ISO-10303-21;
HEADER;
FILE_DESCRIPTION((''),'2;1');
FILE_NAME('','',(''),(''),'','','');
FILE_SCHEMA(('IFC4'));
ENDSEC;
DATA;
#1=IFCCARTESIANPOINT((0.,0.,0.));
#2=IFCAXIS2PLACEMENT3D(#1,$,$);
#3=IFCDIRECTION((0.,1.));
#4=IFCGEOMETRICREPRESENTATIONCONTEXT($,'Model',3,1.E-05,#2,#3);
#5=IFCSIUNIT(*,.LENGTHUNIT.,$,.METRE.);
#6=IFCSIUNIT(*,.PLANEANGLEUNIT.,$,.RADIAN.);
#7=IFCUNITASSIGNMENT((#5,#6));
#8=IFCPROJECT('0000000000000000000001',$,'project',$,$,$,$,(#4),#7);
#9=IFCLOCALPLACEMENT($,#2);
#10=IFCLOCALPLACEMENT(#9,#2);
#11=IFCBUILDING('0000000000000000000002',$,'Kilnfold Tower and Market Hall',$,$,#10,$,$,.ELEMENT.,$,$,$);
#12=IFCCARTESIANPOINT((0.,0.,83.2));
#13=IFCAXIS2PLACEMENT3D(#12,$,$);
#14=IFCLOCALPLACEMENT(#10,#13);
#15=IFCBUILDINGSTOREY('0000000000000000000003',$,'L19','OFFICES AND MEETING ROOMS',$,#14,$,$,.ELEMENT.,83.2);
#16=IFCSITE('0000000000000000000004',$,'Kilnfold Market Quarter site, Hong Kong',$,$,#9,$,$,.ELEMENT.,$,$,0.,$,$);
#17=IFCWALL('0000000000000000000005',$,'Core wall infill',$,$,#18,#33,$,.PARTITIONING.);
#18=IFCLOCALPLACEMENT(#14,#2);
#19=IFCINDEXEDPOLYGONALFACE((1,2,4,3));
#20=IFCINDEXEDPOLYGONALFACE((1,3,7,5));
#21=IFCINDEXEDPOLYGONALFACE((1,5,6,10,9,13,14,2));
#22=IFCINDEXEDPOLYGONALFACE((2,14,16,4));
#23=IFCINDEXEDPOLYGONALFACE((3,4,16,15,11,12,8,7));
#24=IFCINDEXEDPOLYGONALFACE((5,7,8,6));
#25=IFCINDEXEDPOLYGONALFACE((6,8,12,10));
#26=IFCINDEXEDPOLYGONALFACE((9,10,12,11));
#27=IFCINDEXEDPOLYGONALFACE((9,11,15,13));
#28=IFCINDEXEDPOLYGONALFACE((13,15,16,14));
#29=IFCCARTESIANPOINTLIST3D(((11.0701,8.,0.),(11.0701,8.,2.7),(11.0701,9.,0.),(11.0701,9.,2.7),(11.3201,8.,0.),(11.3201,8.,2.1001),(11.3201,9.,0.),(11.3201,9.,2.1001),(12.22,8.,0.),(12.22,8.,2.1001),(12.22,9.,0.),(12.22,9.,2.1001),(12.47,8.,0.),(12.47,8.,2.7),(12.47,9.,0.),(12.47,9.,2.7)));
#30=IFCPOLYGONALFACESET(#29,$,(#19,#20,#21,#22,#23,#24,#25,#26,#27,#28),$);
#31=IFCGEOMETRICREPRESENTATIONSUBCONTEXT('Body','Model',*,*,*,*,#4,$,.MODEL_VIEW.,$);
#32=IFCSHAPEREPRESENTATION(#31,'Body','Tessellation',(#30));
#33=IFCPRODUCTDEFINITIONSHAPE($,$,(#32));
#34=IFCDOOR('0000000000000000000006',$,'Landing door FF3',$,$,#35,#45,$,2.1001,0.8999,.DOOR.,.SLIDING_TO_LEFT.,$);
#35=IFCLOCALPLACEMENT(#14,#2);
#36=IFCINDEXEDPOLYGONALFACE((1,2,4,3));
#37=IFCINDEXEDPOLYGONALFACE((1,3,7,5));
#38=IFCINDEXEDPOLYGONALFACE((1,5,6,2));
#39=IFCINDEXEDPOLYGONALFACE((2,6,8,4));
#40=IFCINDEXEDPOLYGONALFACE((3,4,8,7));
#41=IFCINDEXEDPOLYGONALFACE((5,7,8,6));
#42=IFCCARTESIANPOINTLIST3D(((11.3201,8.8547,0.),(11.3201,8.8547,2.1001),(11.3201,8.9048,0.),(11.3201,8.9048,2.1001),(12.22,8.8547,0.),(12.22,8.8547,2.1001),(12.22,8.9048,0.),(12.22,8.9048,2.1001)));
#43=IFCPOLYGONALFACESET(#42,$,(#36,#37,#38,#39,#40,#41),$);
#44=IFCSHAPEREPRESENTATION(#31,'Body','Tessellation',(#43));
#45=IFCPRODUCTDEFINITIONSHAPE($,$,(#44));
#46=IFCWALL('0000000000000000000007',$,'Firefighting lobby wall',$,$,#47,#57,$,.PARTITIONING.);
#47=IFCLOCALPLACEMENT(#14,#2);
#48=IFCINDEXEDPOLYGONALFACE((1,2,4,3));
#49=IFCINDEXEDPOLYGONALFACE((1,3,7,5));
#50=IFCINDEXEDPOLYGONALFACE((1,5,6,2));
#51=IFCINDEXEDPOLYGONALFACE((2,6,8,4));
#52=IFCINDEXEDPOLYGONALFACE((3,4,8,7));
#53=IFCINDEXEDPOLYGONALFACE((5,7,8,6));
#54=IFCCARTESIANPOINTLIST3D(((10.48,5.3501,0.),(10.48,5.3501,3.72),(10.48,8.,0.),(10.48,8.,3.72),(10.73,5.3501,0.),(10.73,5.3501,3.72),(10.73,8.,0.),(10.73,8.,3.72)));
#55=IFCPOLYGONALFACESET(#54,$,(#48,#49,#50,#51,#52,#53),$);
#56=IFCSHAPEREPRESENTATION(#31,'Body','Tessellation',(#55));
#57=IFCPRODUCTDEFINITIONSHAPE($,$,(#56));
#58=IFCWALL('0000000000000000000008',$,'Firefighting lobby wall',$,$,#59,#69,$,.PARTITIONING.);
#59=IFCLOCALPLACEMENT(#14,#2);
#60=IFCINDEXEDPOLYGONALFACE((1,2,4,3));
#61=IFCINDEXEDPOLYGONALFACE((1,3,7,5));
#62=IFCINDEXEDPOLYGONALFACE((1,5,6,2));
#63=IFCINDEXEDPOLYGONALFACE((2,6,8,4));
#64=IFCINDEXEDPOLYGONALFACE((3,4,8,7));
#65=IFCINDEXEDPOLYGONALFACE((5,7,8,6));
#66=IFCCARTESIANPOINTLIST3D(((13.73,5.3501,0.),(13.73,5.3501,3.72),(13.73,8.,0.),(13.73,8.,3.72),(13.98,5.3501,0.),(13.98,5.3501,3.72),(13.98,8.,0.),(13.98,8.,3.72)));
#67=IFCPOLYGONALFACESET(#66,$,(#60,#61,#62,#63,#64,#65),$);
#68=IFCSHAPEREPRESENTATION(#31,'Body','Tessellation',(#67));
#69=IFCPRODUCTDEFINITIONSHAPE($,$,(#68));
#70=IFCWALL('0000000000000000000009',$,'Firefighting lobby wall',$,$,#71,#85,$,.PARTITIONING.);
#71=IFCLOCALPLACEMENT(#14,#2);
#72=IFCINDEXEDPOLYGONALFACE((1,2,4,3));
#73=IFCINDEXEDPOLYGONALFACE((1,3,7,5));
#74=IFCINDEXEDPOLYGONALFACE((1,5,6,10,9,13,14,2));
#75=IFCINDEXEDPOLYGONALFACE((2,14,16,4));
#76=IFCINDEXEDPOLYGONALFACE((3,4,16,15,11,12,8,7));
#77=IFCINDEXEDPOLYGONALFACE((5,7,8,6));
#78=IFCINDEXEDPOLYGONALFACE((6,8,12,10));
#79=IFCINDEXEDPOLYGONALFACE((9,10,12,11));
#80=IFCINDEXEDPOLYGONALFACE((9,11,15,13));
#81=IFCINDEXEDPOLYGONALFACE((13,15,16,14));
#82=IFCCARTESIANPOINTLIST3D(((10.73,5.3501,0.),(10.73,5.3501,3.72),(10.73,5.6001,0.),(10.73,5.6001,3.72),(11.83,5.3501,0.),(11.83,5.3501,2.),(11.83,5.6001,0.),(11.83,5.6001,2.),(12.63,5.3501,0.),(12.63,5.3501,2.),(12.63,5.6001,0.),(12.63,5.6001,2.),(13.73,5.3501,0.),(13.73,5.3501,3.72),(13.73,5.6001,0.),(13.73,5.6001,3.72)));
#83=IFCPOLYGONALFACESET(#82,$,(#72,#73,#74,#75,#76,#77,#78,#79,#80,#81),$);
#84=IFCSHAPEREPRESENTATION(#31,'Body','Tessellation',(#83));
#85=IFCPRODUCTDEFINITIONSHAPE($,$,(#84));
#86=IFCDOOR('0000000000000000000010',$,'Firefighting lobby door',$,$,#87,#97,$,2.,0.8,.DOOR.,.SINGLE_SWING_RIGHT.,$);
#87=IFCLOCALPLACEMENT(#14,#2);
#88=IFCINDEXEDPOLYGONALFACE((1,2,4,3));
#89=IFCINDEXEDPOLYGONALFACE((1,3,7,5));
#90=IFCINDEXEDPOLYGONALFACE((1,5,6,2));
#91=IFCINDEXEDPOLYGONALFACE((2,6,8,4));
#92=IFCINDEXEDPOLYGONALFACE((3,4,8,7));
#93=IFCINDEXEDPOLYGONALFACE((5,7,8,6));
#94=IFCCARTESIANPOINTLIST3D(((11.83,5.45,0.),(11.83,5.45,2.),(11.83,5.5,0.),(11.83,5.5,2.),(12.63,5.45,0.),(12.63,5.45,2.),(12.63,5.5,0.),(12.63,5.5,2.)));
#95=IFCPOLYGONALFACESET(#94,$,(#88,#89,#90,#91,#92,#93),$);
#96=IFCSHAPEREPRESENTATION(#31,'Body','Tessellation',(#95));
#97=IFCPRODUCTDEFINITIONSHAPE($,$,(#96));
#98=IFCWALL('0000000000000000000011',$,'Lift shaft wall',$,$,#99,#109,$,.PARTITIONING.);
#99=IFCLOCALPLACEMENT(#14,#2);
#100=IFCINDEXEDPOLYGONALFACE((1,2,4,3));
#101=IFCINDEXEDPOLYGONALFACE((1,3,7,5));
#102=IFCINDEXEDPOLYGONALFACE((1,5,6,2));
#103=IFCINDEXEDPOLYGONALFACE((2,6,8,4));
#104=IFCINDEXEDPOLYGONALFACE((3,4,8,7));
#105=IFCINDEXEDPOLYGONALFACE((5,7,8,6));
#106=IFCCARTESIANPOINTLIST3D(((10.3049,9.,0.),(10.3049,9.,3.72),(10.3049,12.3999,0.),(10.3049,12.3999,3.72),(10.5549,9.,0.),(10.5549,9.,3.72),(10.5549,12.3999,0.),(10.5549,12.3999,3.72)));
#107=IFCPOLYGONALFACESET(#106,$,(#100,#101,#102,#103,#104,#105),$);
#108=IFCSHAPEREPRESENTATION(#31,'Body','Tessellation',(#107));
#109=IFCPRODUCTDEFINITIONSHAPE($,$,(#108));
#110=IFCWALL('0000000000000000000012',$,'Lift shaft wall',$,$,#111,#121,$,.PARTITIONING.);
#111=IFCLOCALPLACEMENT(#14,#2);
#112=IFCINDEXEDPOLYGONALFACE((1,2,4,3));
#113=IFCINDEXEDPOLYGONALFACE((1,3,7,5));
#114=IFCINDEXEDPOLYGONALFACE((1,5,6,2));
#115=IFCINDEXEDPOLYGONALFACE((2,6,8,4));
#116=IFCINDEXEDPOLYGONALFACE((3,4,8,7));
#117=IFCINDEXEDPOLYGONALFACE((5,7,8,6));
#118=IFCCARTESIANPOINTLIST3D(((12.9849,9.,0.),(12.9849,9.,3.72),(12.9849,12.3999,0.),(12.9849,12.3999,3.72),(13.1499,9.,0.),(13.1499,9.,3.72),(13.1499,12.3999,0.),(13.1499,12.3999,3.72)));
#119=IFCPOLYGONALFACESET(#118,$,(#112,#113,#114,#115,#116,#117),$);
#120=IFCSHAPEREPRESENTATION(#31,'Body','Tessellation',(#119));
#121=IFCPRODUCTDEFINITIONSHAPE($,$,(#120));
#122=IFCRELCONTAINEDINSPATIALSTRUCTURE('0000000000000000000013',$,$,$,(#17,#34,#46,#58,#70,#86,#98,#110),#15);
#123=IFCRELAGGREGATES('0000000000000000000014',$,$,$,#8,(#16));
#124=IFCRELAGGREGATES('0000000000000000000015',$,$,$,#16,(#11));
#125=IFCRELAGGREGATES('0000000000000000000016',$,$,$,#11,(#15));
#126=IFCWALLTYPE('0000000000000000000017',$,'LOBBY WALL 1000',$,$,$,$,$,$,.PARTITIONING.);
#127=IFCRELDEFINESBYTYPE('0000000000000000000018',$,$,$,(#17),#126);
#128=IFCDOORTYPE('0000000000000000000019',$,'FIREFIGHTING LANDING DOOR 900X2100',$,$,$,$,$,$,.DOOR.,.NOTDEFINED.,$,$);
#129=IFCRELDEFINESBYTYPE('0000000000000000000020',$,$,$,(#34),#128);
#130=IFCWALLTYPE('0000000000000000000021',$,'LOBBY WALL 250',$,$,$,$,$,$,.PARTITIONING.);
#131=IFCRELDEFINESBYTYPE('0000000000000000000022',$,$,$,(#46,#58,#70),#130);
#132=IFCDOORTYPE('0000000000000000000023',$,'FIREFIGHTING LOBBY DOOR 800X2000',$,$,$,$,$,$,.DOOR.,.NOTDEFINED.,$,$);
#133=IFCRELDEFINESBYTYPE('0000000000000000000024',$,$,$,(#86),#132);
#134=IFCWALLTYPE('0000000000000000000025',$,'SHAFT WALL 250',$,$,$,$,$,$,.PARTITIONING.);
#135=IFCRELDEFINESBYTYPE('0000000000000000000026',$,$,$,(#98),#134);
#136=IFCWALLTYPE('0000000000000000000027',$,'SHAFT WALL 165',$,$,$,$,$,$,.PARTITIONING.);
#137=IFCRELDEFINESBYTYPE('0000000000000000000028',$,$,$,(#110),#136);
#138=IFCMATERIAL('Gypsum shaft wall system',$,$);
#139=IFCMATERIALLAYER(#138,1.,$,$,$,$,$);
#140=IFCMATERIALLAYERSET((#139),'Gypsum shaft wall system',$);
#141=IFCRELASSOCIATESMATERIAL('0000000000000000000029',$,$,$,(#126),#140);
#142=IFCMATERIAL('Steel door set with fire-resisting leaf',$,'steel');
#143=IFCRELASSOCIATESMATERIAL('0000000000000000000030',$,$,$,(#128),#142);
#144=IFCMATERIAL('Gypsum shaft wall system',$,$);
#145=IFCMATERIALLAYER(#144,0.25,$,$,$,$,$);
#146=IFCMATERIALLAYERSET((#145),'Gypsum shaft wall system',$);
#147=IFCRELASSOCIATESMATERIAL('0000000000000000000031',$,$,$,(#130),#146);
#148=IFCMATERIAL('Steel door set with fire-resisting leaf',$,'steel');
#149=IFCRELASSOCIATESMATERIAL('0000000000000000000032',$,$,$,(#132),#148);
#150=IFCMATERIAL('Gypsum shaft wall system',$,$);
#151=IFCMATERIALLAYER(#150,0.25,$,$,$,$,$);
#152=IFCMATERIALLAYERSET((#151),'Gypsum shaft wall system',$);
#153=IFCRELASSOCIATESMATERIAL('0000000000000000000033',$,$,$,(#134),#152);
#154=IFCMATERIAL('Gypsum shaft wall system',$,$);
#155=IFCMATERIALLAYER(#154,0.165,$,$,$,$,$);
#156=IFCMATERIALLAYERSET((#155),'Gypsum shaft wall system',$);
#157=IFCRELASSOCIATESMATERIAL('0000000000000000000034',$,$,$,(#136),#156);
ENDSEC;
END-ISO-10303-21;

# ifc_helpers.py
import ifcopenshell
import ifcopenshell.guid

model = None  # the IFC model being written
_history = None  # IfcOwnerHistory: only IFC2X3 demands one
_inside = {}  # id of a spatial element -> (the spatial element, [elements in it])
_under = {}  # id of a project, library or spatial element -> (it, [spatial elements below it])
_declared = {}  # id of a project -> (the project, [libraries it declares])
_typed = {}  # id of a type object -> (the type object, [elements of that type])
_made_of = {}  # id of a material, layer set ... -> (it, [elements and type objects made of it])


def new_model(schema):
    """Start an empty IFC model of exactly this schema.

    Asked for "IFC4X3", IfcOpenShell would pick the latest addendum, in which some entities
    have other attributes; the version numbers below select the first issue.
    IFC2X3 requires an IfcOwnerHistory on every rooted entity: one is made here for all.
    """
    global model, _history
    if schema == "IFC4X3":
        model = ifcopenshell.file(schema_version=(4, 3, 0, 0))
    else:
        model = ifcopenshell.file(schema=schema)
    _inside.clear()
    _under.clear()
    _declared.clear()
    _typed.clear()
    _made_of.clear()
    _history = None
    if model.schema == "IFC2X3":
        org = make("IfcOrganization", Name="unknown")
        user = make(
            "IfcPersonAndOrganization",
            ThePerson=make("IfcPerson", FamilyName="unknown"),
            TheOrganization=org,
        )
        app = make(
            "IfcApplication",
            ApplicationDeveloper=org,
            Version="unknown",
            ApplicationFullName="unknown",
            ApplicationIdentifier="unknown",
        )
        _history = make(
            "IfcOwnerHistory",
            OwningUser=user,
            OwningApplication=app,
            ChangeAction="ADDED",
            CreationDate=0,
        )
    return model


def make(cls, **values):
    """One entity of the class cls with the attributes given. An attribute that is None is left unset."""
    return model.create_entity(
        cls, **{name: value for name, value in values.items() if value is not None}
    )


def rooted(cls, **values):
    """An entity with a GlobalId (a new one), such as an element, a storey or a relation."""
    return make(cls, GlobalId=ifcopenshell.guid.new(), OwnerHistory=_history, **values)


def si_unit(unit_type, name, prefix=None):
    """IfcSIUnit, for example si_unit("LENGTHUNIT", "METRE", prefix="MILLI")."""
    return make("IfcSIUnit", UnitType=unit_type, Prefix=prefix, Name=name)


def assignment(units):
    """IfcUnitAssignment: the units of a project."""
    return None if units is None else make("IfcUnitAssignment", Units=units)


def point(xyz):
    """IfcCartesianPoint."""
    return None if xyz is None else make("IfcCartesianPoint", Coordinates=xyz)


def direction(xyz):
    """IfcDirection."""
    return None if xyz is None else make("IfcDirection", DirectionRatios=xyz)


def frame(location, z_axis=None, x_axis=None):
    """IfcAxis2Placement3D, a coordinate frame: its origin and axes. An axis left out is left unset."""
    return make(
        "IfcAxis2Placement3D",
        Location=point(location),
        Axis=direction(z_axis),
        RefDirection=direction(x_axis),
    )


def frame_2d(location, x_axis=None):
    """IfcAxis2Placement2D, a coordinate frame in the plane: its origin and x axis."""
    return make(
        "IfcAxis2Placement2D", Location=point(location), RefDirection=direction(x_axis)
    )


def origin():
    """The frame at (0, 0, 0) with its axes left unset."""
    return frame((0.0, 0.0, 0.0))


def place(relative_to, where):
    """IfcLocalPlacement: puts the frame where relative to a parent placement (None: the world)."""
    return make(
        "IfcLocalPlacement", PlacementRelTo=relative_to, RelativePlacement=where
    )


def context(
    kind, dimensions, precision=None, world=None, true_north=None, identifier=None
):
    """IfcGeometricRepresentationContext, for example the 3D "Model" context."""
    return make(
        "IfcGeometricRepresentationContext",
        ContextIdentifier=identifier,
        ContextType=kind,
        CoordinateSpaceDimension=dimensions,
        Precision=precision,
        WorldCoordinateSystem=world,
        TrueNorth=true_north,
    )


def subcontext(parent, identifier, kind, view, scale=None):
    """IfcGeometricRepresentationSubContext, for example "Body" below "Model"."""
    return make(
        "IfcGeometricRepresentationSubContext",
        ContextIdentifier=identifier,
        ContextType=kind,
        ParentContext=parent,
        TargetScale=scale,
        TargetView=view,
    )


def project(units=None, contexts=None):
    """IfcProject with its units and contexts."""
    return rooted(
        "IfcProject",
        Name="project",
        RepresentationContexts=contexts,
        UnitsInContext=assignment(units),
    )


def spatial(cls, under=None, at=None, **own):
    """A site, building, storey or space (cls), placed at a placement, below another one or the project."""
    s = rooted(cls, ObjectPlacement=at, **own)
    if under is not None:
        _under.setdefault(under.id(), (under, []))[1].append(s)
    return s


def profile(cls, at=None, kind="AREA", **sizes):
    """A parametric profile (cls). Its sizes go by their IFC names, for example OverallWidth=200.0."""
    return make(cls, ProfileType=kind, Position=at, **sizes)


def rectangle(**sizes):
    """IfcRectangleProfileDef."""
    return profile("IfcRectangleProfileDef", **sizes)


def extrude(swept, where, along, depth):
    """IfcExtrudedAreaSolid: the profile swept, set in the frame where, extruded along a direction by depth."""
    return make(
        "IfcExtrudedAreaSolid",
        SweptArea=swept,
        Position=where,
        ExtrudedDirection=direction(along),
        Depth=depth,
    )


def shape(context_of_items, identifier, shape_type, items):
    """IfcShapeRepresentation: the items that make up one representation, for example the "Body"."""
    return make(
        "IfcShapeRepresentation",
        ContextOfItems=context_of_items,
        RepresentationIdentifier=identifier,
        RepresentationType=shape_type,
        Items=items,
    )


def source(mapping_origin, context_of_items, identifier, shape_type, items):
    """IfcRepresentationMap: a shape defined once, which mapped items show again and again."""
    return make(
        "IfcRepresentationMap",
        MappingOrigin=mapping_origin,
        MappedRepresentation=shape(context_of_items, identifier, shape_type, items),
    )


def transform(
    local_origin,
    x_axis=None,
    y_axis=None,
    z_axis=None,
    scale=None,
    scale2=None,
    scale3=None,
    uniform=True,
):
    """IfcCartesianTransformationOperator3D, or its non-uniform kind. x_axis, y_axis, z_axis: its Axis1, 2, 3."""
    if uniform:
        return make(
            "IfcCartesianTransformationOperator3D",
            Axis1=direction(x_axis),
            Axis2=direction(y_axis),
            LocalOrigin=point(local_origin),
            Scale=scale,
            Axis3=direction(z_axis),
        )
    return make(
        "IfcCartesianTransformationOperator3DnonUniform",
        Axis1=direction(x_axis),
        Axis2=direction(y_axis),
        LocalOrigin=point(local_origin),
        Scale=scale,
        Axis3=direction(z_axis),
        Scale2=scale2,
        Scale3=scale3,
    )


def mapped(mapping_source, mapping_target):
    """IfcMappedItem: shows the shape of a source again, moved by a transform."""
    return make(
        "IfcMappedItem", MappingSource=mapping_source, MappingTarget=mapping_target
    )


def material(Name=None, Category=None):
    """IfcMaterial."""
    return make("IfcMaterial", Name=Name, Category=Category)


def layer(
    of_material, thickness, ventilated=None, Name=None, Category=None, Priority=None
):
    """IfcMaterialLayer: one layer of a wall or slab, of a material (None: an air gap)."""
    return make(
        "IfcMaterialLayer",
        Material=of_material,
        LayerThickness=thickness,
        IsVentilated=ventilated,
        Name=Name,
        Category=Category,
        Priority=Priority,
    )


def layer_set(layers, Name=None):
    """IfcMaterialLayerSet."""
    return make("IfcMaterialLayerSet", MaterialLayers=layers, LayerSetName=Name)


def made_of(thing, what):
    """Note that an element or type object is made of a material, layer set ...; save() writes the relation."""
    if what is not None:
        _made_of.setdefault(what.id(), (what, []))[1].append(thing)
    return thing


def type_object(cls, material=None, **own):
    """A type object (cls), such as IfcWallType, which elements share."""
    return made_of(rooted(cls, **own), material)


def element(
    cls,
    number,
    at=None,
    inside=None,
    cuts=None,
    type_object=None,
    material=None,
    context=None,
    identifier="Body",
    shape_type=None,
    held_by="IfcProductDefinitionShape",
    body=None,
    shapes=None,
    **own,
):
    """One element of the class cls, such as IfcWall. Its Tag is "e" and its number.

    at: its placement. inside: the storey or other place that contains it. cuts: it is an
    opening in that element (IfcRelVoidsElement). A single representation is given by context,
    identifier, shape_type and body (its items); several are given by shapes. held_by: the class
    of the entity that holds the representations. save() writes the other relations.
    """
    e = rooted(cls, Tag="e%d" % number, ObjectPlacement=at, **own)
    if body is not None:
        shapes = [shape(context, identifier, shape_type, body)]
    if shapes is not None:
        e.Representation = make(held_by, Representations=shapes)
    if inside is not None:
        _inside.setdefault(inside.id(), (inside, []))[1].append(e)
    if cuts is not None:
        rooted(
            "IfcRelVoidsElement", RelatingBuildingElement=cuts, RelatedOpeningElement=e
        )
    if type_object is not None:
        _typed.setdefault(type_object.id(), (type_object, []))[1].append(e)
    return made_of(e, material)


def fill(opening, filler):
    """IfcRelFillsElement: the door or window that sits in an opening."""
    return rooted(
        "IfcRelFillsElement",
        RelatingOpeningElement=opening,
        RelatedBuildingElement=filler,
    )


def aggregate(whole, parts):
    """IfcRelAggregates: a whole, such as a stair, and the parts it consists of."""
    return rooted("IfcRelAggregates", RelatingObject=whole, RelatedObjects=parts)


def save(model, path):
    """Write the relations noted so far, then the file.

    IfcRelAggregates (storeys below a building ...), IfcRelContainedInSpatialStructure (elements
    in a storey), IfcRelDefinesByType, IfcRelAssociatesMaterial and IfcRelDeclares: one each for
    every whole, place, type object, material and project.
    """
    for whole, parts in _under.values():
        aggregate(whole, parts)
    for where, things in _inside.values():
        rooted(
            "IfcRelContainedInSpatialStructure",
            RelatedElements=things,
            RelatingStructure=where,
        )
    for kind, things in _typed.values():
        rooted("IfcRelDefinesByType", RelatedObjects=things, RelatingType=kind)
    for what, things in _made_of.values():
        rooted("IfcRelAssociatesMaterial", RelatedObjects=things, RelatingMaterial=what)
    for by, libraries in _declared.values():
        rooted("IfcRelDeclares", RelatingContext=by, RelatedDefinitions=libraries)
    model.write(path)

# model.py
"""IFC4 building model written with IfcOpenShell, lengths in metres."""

from ifc_helpers import new_model, si_unit, direction, frame, frame_2d, origin, place, context, subcontext, project, spatial, rectangle, extrude, source, transform, mapped, material, layer, layer_set, type_object, element, fill, save


model = new_model("IFC4")

# Units and contexts
model_context = context("Model", 3, precision=1e-05, world=origin(), true_north=direction((0.0, 1.0)))
body_context = subcontext(model_context, "Body", "Model", "MODEL_VIEW")
ifc_project = project(units=[si_unit("LENGTHUNIT", "METRE"), si_unit("PLANEANGLEUNIT", "RADIAN")], contexts=[model_context])

# Site, building, storey
site_placement = place(None, origin())
site = spatial("IfcSite", under=ifc_project, at=site_placement, Name="Kilnfold Market Quarter site, Hong Kong", CompositionType="ELEMENT", RefElevation=0.0)
building_placement = place(site_placement, origin())
building = spatial("IfcBuilding", under=site, at=building_placement, Name="Kilnfold Tower and Market Hall", CompositionType="ELEMENT")
storey_placement = place(building_placement, frame((0.0, 0.0, 83.2)))
storey = spatial("IfcBuildingStorey", under=building, at=storey_placement, Name="L19", Description="OFFICES AND MEETING ROOMS", CompositionType="ELEMENT", Elevation=83.2)

# Wall, opening, door
ifc_material_1 = material(Name="Gypsum shaft wall system")
ifc_layer_1 = layer(ifc_material_1, 1.0)
ifc_layer_set_1 = layer_set([ifc_layer_1], Name="Gypsum shaft wall system")
wall_type_1 = type_object("IfcWallType", Name="LOBBY WALL 1000", PredefinedType="PARTITIONING", material=ifc_layer_set_1)
shared_shape_1 = source(origin(), body_context, "Body", "SweptSolid", [
    extrude(rectangle(XDim=1.3999, YDim=1.0, at=frame_2d((0.7, 0.0))), origin(), (0.0, 0.0, 1.0), 2.7),
])
wall_1_placement = place(storey_placement, frame((11.0701, 8.5, 0.0), z_axis=(0.0, 0.0, 1.0), x_axis=(1.0, 0.0, 0.0)))
wall_1 = element("IfcWall", 1, at=wall_1_placement, inside=storey, type_object=wall_type_1, Name="Core wall infill", PredefinedType="PARTITIONING", context=body_context, shape_type="MappedRepresentation", body=[
    mapped(shared_shape_1, transform((0.0, 0.0, 0.0))),
])
opening_1_placement = place(wall_1_placement, frame((0.25, 0.0, 0.0)))
opening_1 = element("IfcOpeningElement", 2, at=opening_1_placement, cuts=wall_1, PredefinedType="OPENING", context=body_context, shape_type="SweptSolid", body=[
    extrude(rectangle(XDim=0.8999, YDim=2.1001, at=frame_2d((0.45, 1.05))), frame((0.0, 0.51, 0.0), z_axis=(0.0, -1.0, 0.0), x_axis=(1.0, 0.0, 0.0)), (0.0, 0.0, 1.0), 1.02),
])
ifc_material_2 = material(Name="Steel door set with fire-resisting leaf", Category="steel")
door_type_1 = type_object("IfcDoorType", Name="FIREFIGHTING LANDING DOOR 900X2100", OperationType="NOTDEFINED", PredefinedType="DOOR", material=ifc_material_2)
door_1_placement = place(opening_1_placement, origin())
door_1 = element("IfcDoor", 3, at=door_1_placement, inside=storey, type_object=door_type_1, Name="Landing door FF3", OperationType="SLIDING_TO_LEFT", OverallHeight=2.1001, OverallWidth=0.8999, PredefinedType="DOOR", context=body_context, shape_type="SweptSolid", body=[
    extrude(rectangle(XDim=0.8999, YDim=2.1001, at=frame_2d((0.45, 1.05))), frame((0.0, 0.4048, 0.0), z_axis=(0.0, -1.0, 0.0), x_axis=(1.0, 0.0, 0.0)), (0.0, 0.0, 1.0), 0.05),
])
fill(opening_1, door_1)

# Walls
ifc_material_3 = material(Name="Gypsum shaft wall system")
ifc_layer_2 = layer(ifc_material_3, 0.25)
ifc_layer_set_2 = layer_set([ifc_layer_2], Name="Gypsum shaft wall system")
wall_type_2 = type_object("IfcWallType", Name="LOBBY WALL 250", PredefinedType="PARTITIONING", material=ifc_layer_set_2)
shared_shape_2 = source(origin(), body_context, "Body", "SweptSolid", [
    extrude(rectangle(XDim=2.6499, YDim=0.25, at=frame_2d((1.325, 0.0))), origin(), (0.0, 0.0, 1.0), 3.72),
])
for number, where, z_axis, x_axis, name in (
    (4, (10.605, 5.3501, 0.0), (0.0, 0.0, 1.0), (0.0, 1.0, 0.0), "Firefighting lobby wall"),
    (5, (13.855, 5.3501, 0.0), (0.0, 0.0, 1.0), (0.0, 1.0, 0.0), "Firefighting lobby wall"),
):
    element("IfcWall", number, at=place(storey_placement, frame(where, z_axis=z_axis, x_axis=x_axis)), inside=storey, type_object=wall_type_2, Name=name, PredefinedType="PARTITIONING", context=body_context, shape_type="MappedRepresentation", body=[
        mapped(shared_shape_2, transform((0.0, 0.0, 0.0))),
    ])

# Wall, opening, door
shared_shape_3 = source(origin(), body_context, "Body", "SweptSolid", [
    extrude(rectangle(XDim=3.0, YDim=0.25, at=frame_2d((1.5, 0.0))), origin(), (0.0, 0.0, 1.0), 3.72),
])
wall_2_placement = place(storey_placement, frame((10.73, 5.4751, 0.0), z_axis=(0.0, 0.0, 1.0), x_axis=(1.0, 0.0, 0.0)))
wall_2 = element("IfcWall", 6, at=wall_2_placement, inside=storey, type_object=wall_type_2, Name="Firefighting lobby wall", PredefinedType="PARTITIONING", context=body_context, shape_type="MappedRepresentation", body=[
    mapped(shared_shape_3, transform((0.0, 0.0, 0.0))),
])
opening_2_placement = place(wall_2_placement, frame((1.1001, 0.0, 0.0)))
opening_2 = element("IfcOpeningElement", 7, at=opening_2_placement, cuts=wall_2, PredefinedType="OPENING", context=body_context, shape_type="SweptSolid", body=[
    extrude(rectangle(XDim=0.8, YDim=2.0, at=frame_2d((0.3999, 1.0))), frame((0.0, 0.135, 0.0), z_axis=(0.0, -1.0, 0.0), x_axis=(1.0, 0.0, 0.0)), (0.0, 0.0, 1.0), 0.27),
])
ifc_material_4 = material(Name="Steel door set with fire-resisting leaf", Category="steel")
door_type_2 = type_object("IfcDoorType", Name="FIREFIGHTING LOBBY DOOR 800X2000", OperationType="NOTDEFINED", PredefinedType="DOOR", material=ifc_material_4)
door_2_placement = place(opening_2_placement, origin())
door_2 = element("IfcDoor", 8, at=door_2_placement, inside=storey, type_object=door_type_2, Name="Firefighting lobby door", OperationType="SINGLE_SWING_RIGHT", OverallHeight=2.0, OverallWidth=0.8, PredefinedType="DOOR", context=body_context, shape_type="SweptSolid", body=[
    extrude(rectangle(XDim=0.8, YDim=2.0, at=frame_2d((0.3999, 1.0))), frame((0.0, 0.0249, 0.0), z_axis=(0.0, -1.0, 0.0), x_axis=(1.0, 0.0, 0.0)), (0.0, 0.0, 1.0), 0.05),
])
fill(opening_2, door_2)

# Walls
ifc_material_5 = material(Name="Gypsum shaft wall system")
ifc_layer_3 = layer(ifc_material_5, 0.25)
ifc_layer_set_3 = layer_set([ifc_layer_3], Name="Gypsum shaft wall system")
wall_type_3 = type_object("IfcWallType", Name="SHAFT WALL 250", PredefinedType="PARTITIONING", material=ifc_layer_set_3)
shared_shape_4 = source(origin(), body_context, "Body", "SweptSolid", [
    extrude(rectangle(XDim=3.3999, YDim=0.25, at=frame_2d((1.7, 0.0))), origin(), (0.0, 0.0, 1.0), 3.72),
])
wall_3_placement = place(storey_placement, frame((10.4299, 9.0, 0.0), z_axis=(0.0, 0.0, 1.0), x_axis=(0.0, 1.0, 0.0)))
element("IfcWall", 9, at=wall_3_placement, inside=storey, type_object=wall_type_3, Name="Lift shaft wall", PredefinedType="PARTITIONING", context=body_context, shape_type="MappedRepresentation", body=[
    mapped(shared_shape_4, transform((0.0, 0.0, 0.0))),
])
ifc_material_6 = material(Name="Gypsum shaft wall system")
ifc_layer_4 = layer(ifc_material_6, 0.165)
ifc_layer_set_4 = layer_set([ifc_layer_4], Name="Gypsum shaft wall system")
wall_type_4 = type_object("IfcWallType", Name="SHAFT WALL 165", PredefinedType="PARTITIONING", material=ifc_layer_set_4)
shared_shape_5 = source(origin(), body_context, "Body", "SweptSolid", [
    extrude(rectangle(XDim=3.3999, YDim=0.165, at=frame_2d((1.7, 0.0))), origin(), (0.0, 0.0, 1.0), 3.72),
])
wall_4_placement = place(storey_placement, frame((13.0674, 9.0, 0.0), z_axis=(0.0, 0.0, 1.0), x_axis=(0.0, 1.0, 0.0)))
element("IfcWall", 10, at=wall_4_placement, inside=storey, type_object=wall_type_4, Name="Lift shaft wall", PredefinedType="PARTITIONING", context=body_context, shape_type="MappedRepresentation", body=[
    mapped(shared_shape_5, transform((0.0, 0.0, 0.0))),
])

save(model, "model.ifc")
